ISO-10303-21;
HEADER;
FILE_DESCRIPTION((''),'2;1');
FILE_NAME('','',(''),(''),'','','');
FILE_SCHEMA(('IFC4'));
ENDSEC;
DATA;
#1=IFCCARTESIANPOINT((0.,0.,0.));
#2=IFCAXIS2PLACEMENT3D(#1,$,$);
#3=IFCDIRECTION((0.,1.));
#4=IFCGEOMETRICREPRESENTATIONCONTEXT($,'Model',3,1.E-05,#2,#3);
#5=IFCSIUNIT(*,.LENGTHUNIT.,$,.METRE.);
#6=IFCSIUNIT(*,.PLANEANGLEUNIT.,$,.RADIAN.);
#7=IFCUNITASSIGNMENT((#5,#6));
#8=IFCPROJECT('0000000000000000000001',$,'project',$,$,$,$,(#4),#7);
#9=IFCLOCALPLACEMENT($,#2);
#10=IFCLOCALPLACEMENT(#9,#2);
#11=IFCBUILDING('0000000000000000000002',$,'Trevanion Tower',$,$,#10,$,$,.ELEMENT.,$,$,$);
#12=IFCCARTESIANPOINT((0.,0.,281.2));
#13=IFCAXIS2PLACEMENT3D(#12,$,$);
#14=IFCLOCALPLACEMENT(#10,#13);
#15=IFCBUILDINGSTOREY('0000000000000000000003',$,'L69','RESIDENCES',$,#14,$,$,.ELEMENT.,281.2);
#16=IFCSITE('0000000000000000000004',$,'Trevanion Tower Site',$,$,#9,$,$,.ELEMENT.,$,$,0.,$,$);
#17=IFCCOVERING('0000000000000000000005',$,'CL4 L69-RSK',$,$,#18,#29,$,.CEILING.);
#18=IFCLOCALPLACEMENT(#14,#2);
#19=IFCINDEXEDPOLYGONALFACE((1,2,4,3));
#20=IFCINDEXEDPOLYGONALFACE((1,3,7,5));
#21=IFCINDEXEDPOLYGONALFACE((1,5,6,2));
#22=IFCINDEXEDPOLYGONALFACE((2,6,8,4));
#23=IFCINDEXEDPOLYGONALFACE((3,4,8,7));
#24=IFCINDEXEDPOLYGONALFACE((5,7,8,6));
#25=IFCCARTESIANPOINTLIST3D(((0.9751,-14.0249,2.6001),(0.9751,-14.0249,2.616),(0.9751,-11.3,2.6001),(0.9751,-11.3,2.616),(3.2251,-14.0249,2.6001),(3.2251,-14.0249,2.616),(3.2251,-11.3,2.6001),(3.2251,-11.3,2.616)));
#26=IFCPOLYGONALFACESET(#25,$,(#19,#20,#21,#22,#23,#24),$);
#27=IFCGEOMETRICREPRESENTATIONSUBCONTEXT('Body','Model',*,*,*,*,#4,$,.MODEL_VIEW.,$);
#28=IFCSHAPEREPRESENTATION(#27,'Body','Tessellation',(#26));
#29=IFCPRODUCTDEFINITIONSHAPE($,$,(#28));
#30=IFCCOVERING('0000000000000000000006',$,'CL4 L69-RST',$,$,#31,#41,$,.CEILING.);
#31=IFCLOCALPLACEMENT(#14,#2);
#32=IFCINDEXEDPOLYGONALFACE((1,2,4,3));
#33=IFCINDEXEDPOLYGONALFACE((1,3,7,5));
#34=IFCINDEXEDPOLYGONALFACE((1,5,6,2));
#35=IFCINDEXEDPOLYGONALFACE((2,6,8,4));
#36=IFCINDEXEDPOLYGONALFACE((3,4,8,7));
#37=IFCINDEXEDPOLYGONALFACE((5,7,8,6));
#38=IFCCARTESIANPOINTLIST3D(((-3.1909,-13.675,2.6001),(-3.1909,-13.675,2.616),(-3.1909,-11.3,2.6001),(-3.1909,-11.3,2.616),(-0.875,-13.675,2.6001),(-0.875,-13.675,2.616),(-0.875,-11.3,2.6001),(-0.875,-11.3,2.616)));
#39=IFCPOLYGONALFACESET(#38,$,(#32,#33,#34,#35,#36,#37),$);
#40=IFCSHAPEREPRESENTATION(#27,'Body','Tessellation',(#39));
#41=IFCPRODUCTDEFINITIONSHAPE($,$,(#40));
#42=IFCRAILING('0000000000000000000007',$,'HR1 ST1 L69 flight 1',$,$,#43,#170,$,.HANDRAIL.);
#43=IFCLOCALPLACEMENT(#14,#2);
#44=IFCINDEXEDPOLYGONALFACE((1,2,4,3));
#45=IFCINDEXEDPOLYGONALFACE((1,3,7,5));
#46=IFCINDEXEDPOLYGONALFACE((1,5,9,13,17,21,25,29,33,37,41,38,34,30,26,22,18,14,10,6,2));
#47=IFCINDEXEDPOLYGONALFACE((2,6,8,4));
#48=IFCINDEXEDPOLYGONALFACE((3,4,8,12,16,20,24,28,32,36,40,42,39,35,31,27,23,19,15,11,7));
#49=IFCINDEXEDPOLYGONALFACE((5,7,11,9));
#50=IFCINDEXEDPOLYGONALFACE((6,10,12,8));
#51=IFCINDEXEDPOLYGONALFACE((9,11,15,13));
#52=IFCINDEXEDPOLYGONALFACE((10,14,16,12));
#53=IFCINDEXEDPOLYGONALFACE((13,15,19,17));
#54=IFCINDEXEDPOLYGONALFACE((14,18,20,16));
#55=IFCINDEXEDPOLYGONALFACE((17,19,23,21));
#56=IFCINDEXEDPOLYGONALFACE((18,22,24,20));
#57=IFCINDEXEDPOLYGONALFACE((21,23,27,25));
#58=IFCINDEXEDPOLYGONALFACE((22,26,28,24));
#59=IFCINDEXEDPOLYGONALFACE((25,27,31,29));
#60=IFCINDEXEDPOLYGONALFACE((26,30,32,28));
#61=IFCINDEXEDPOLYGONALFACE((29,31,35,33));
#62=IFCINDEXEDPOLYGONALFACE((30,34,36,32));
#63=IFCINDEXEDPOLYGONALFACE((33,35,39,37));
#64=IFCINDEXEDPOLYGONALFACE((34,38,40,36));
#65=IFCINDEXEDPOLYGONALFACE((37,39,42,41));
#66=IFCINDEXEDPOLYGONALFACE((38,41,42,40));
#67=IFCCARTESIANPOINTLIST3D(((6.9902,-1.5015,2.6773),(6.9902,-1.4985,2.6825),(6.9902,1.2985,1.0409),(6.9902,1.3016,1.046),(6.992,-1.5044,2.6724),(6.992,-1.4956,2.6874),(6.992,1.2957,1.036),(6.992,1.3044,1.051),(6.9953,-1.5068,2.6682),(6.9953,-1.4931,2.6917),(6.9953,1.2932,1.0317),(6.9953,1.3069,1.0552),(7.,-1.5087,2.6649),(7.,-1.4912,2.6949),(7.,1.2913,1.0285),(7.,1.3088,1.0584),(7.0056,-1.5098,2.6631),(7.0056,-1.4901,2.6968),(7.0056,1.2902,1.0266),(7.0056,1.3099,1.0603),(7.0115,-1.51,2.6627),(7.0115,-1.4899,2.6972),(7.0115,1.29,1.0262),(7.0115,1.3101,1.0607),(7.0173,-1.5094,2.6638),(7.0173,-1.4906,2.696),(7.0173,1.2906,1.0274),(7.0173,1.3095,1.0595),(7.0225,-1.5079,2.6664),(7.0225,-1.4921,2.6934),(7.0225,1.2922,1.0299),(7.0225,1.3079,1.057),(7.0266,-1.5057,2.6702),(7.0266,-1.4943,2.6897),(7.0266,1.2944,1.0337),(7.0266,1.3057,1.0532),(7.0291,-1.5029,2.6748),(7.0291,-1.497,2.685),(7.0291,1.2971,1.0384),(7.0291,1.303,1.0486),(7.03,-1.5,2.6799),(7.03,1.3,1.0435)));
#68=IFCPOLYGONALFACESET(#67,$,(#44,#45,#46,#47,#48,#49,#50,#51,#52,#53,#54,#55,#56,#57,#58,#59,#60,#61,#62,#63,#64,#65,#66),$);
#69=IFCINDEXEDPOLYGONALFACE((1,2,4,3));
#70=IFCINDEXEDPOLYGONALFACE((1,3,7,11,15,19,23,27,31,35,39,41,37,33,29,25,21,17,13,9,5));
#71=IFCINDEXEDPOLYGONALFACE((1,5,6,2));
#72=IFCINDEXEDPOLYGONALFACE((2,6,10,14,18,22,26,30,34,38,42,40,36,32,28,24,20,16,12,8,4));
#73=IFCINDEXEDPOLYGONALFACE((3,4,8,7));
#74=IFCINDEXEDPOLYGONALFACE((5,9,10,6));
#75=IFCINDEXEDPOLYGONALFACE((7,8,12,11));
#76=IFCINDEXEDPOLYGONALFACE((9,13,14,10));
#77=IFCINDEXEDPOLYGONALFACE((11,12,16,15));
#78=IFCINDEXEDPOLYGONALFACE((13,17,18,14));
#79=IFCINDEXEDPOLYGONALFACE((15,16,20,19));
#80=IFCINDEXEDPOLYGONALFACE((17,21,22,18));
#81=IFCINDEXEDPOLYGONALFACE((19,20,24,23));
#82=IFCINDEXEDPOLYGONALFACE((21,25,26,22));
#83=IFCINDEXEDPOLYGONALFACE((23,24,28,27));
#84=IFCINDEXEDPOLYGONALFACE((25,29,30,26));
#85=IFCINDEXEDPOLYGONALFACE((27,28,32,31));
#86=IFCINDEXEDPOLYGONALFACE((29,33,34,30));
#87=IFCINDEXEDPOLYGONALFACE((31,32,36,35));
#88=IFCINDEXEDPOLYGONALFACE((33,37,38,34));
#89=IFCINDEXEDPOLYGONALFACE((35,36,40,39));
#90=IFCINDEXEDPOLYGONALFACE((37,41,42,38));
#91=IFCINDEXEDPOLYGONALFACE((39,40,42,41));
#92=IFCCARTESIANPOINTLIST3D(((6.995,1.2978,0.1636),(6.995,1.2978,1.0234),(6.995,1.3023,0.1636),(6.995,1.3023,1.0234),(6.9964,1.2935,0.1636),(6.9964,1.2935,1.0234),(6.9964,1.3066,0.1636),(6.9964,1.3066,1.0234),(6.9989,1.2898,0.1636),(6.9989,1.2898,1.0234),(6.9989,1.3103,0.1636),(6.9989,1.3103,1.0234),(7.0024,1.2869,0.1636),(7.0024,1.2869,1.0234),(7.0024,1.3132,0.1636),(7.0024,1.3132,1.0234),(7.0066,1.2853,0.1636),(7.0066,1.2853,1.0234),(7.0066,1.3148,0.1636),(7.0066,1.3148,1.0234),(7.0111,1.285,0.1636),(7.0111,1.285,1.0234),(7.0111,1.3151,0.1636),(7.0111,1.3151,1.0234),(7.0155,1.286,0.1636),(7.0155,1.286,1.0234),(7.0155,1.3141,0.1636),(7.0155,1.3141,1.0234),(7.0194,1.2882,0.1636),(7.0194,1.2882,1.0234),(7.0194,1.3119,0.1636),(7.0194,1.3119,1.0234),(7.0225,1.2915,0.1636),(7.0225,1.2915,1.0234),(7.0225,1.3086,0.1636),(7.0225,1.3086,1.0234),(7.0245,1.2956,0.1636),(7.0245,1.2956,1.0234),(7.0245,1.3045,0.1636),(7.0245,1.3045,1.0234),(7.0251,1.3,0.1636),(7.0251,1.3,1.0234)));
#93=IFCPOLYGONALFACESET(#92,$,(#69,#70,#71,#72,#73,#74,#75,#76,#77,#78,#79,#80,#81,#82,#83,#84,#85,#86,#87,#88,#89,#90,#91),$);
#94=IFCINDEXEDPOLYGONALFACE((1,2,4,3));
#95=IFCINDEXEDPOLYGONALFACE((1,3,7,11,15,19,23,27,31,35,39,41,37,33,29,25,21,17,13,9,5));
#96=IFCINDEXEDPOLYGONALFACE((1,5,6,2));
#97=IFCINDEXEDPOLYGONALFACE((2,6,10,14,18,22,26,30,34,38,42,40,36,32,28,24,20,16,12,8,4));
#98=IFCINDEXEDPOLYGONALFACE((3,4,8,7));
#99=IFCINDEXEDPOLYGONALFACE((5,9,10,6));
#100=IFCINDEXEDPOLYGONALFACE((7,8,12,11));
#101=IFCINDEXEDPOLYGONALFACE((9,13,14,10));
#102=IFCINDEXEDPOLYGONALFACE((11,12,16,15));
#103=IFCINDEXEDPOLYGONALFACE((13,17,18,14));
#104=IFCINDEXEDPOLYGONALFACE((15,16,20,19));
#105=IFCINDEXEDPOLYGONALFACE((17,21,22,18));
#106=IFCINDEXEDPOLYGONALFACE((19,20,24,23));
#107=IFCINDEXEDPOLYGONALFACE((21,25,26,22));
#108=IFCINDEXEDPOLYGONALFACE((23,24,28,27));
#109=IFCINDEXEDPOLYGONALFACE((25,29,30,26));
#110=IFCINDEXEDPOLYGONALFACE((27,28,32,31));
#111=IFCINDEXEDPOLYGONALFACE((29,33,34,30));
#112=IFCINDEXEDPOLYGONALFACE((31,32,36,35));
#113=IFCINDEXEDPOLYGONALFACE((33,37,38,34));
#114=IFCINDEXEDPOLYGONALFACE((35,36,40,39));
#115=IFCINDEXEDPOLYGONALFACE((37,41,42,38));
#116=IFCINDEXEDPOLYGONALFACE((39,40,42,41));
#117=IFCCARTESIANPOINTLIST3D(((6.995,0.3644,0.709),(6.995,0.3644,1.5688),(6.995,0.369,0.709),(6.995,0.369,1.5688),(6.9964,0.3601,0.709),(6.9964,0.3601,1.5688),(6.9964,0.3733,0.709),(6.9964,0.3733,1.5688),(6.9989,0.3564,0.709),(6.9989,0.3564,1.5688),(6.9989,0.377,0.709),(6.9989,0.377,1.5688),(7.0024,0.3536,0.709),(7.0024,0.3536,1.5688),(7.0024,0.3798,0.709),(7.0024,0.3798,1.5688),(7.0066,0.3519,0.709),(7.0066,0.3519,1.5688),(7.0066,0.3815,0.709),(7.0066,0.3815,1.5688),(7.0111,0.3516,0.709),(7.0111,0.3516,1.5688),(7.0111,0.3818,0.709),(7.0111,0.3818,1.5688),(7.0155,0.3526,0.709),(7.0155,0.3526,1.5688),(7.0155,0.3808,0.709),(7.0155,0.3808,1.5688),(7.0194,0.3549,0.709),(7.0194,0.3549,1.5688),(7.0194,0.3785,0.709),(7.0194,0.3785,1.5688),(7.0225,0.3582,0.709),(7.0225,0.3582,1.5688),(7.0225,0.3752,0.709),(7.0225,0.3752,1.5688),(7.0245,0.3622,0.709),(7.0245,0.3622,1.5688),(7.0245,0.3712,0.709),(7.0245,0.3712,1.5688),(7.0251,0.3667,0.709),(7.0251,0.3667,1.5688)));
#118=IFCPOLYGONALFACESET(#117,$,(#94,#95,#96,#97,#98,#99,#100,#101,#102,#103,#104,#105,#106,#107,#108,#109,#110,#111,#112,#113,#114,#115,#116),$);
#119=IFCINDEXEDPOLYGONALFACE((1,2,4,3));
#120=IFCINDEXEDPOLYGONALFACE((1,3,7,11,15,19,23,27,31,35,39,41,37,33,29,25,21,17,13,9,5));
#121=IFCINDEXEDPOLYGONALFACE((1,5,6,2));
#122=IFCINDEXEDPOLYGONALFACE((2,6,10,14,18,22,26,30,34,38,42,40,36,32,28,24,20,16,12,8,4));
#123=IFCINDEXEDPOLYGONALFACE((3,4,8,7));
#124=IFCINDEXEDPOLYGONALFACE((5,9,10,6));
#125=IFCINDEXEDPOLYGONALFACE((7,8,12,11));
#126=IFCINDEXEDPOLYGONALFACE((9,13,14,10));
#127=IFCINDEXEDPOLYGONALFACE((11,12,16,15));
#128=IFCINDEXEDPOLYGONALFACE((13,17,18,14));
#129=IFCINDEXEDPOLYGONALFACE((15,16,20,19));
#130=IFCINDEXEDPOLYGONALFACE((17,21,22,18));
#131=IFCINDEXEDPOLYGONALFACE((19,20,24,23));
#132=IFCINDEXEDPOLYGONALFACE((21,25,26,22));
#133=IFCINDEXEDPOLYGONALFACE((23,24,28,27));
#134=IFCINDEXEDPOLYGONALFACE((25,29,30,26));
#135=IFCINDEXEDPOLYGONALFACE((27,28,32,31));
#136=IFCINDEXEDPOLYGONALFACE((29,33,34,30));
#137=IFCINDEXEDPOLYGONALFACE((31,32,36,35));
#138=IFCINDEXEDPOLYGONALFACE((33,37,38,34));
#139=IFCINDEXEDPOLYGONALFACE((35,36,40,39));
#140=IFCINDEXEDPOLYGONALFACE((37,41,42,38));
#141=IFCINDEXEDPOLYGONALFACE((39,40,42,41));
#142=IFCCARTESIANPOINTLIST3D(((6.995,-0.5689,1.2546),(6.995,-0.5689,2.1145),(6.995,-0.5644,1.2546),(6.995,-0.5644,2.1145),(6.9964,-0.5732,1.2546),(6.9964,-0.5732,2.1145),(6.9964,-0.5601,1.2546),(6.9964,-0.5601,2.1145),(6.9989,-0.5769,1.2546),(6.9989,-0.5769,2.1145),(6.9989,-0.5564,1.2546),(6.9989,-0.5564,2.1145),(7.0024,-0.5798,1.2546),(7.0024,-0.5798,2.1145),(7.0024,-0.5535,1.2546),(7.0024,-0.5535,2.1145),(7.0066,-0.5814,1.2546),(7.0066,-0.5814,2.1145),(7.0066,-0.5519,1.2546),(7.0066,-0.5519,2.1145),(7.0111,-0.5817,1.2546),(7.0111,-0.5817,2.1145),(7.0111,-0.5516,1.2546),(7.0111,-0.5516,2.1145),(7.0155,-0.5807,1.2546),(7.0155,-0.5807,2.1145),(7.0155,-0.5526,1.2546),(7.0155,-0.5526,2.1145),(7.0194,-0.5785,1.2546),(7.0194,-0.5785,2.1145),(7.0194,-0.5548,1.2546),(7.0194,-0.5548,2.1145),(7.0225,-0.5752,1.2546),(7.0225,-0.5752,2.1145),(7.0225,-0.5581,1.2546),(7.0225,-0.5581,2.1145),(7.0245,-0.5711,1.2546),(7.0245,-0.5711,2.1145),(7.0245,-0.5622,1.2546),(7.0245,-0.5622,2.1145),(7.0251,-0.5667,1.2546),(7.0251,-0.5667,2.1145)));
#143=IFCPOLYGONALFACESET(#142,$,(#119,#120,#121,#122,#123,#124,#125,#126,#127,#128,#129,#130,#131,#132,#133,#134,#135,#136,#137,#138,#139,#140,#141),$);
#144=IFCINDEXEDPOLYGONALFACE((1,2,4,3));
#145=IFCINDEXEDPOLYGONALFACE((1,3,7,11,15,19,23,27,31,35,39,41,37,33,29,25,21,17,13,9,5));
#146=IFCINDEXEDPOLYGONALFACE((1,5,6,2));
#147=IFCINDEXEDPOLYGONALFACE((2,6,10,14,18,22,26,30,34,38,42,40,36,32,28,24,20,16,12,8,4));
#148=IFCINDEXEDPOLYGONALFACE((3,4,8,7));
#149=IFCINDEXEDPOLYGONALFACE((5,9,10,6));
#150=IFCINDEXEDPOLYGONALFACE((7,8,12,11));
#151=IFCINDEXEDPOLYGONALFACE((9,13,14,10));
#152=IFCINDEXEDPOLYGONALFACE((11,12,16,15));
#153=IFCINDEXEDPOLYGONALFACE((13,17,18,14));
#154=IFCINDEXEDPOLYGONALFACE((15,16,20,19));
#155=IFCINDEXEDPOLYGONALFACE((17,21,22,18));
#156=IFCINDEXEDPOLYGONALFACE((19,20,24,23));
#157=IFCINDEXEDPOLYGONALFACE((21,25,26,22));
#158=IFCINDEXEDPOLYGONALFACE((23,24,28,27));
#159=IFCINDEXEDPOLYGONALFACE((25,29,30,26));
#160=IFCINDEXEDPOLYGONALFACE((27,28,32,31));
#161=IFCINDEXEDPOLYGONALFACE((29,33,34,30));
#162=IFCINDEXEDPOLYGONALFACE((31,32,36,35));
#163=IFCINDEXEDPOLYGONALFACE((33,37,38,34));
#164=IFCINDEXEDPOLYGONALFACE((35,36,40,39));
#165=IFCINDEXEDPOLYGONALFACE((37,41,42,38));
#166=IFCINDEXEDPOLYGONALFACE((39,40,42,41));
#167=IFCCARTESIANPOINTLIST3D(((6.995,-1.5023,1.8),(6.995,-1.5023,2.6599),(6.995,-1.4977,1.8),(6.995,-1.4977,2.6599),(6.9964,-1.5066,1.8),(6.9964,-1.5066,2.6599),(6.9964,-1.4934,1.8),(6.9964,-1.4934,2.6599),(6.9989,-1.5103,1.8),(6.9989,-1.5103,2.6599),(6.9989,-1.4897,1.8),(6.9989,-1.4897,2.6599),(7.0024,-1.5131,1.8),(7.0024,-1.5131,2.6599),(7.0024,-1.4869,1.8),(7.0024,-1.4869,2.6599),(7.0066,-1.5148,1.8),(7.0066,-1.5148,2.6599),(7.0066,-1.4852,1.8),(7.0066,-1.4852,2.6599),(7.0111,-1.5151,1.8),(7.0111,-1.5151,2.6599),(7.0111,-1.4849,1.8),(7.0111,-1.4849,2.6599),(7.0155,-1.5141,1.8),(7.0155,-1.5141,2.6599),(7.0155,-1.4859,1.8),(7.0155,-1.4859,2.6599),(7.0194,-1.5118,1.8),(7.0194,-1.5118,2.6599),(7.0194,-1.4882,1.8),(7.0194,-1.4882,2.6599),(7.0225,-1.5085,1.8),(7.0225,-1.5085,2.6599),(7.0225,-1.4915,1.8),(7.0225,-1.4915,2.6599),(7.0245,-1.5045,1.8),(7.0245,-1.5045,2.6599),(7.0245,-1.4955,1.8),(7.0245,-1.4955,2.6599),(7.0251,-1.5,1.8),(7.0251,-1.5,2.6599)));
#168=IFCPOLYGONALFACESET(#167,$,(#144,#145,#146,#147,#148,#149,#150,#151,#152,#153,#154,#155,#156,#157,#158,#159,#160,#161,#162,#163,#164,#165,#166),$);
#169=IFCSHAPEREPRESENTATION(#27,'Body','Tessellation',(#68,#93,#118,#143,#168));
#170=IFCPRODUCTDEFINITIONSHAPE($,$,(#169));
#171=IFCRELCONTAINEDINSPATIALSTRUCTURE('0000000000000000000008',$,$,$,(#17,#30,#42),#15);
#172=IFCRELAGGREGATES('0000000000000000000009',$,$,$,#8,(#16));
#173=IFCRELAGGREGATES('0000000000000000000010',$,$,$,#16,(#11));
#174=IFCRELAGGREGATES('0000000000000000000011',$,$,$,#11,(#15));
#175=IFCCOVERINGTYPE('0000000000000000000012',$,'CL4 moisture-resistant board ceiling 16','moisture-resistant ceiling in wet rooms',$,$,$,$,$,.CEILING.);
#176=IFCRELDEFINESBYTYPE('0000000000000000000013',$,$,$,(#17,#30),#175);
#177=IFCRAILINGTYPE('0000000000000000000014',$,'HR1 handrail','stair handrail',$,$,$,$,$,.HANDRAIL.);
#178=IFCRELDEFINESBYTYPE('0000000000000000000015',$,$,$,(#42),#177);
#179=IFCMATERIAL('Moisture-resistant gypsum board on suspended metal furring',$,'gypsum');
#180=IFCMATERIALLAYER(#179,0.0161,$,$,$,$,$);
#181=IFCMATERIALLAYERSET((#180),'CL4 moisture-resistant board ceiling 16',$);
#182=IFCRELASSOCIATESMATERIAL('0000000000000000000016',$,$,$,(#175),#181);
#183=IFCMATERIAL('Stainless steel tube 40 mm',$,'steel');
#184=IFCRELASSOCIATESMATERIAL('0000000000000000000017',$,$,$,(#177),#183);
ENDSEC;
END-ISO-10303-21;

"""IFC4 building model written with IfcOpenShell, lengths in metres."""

from ifc_helpers import new_model, si_unit, direction, frame, origin, origin_2d, place, context, subcontext, project, spatial, polyline, circle, outline, extrude, material, layer, layer_set, type_object, element, save


model = new_model("IFC4")

# Units and contexts
model_context = context("Model", 3, precision=1e-05, world=origin(), true_north=direction((0.0, 1.0)))
body_context = subcontext(model_context, "Body", "Model", "MODEL_VIEW")
ifc_project = project(units=[si_unit("LENGTHUNIT", "METRE"), si_unit("PLANEANGLEUNIT", "RADIAN")], contexts=[model_context])

# Site, building, storey
site_placement = place(None, origin())
site = spatial("IfcSite", under=ifc_project, at=site_placement, Name="Trevanion Tower Site", CompositionType="ELEMENT", RefElevation=0.0)
building_placement = place(site_placement, origin())
building = spatial("IfcBuilding", under=site, at=building_placement, Name="Trevanion Tower", CompositionType="ELEMENT")
storey_placement = place(building_placement, frame((0.0, 0.0, 281.2)))
storey = spatial("IfcBuildingStorey", under=building, at=storey_placement, Name="L69", Description="RESIDENCES", CompositionType="ELEMENT", Elevation=281.2)

# Coverings
ifc_material_1 = material(Name="Moisture-resistant gypsum board on suspended metal furring", Category="gypsum")
ifc_layer_1 = layer(ifc_material_1, 0.0161)
ifc_layer_set_1 = layer_set([ifc_layer_1], Name="CL4 moisture-resistant board ceiling 16")
covering_type_1 = type_object("IfcCoveringType", Name="CL4 moisture-resistant board ceiling 16", Description="moisture-resistant ceiling in wet rooms", PredefinedType="CEILING", material=ifc_layer_set_1)
covering_1_placement = place(storey_placement, frame((0.0, 0.0, 2.6001)))
element("IfcCovering", 1, at=covering_1_placement, inside=storey, type_object=covering_type_1, Name="CL4 L69-RSK", PredefinedType="CEILING", context=body_context, shape_type="SweptSolid", body=[
    extrude(outline(polyline([(0.9751, -14.0249), (3.2251, -14.0249), (3.2251, -11.3), (0.9751, -11.3), (0.9751, -14.0249)])), origin(), (0.0, 0.0, 1.0), 0.0159),
])
covering_2_placement = place(storey_placement, frame((0.0, 0.0, 2.6001)))
element("IfcCovering", 2, at=covering_2_placement, inside=storey, type_object=covering_type_1, Name="CL4 L69-RST", PredefinedType="CEILING", context=body_context, shape_type="SweptSolid", body=[
    extrude(outline(polyline([(-3.1909, -13.675), (-0.875, -13.675), (-0.875, -11.3), (-3.1909, -11.3), (-3.1909, -13.675)])), origin(), (0.0, 0.0, 1.0), 0.0159),
])

# Railing
ifc_material_2 = material(Name="Stainless steel tube 40 mm", Category="steel")
railing_type = type_object("IfcRailingType", Name="HR1 handrail", Description="stair handrail", PredefinedType="HANDRAIL", material=ifc_material_2)
for number, where, name in (
    (3, (7.01, 1.3, 0.1636), "HR1 ST1 L69 flight 1"),
):
    element("IfcRailing", number, at=place(storey_placement, frame(where)), inside=storey, type_object=railing_type, Name=name, PredefinedType="HANDRAIL", context=body_context, shape_type="SweptSolid", body=[
        extrude(circle(Radius=0.02, at=origin_2d()), frame((0.0, 0.0, 0.8799), z_axis=(0.0, -0.863361, 0.504587), x_axis=(1.0, 0.0, 0.0)), (0.0, 0.0, 1.0), 3.2432),
        extrude(circle(Radius=0.0151, at=origin_2d()), origin(), (0.0, 0.0, 1.0), 0.8599),
        extrude(circle(Radius=0.0151, at=origin_2d()), frame((0.0, -0.9333, 0.5454)), (0.0, 0.0, 1.0), 0.8599),
        extrude(circle(Radius=0.0151, at=origin_2d()), frame((0.0, -1.8667, 1.0911)), (0.0, 0.0, 1.0), 0.8599),
        extrude(circle(Radius=0.0151, at=origin_2d()), frame((0.0, -2.8, 1.6365)), (0.0, 0.0, 1.0), 0.8599),
    ])

save(model, "model.ifc")
